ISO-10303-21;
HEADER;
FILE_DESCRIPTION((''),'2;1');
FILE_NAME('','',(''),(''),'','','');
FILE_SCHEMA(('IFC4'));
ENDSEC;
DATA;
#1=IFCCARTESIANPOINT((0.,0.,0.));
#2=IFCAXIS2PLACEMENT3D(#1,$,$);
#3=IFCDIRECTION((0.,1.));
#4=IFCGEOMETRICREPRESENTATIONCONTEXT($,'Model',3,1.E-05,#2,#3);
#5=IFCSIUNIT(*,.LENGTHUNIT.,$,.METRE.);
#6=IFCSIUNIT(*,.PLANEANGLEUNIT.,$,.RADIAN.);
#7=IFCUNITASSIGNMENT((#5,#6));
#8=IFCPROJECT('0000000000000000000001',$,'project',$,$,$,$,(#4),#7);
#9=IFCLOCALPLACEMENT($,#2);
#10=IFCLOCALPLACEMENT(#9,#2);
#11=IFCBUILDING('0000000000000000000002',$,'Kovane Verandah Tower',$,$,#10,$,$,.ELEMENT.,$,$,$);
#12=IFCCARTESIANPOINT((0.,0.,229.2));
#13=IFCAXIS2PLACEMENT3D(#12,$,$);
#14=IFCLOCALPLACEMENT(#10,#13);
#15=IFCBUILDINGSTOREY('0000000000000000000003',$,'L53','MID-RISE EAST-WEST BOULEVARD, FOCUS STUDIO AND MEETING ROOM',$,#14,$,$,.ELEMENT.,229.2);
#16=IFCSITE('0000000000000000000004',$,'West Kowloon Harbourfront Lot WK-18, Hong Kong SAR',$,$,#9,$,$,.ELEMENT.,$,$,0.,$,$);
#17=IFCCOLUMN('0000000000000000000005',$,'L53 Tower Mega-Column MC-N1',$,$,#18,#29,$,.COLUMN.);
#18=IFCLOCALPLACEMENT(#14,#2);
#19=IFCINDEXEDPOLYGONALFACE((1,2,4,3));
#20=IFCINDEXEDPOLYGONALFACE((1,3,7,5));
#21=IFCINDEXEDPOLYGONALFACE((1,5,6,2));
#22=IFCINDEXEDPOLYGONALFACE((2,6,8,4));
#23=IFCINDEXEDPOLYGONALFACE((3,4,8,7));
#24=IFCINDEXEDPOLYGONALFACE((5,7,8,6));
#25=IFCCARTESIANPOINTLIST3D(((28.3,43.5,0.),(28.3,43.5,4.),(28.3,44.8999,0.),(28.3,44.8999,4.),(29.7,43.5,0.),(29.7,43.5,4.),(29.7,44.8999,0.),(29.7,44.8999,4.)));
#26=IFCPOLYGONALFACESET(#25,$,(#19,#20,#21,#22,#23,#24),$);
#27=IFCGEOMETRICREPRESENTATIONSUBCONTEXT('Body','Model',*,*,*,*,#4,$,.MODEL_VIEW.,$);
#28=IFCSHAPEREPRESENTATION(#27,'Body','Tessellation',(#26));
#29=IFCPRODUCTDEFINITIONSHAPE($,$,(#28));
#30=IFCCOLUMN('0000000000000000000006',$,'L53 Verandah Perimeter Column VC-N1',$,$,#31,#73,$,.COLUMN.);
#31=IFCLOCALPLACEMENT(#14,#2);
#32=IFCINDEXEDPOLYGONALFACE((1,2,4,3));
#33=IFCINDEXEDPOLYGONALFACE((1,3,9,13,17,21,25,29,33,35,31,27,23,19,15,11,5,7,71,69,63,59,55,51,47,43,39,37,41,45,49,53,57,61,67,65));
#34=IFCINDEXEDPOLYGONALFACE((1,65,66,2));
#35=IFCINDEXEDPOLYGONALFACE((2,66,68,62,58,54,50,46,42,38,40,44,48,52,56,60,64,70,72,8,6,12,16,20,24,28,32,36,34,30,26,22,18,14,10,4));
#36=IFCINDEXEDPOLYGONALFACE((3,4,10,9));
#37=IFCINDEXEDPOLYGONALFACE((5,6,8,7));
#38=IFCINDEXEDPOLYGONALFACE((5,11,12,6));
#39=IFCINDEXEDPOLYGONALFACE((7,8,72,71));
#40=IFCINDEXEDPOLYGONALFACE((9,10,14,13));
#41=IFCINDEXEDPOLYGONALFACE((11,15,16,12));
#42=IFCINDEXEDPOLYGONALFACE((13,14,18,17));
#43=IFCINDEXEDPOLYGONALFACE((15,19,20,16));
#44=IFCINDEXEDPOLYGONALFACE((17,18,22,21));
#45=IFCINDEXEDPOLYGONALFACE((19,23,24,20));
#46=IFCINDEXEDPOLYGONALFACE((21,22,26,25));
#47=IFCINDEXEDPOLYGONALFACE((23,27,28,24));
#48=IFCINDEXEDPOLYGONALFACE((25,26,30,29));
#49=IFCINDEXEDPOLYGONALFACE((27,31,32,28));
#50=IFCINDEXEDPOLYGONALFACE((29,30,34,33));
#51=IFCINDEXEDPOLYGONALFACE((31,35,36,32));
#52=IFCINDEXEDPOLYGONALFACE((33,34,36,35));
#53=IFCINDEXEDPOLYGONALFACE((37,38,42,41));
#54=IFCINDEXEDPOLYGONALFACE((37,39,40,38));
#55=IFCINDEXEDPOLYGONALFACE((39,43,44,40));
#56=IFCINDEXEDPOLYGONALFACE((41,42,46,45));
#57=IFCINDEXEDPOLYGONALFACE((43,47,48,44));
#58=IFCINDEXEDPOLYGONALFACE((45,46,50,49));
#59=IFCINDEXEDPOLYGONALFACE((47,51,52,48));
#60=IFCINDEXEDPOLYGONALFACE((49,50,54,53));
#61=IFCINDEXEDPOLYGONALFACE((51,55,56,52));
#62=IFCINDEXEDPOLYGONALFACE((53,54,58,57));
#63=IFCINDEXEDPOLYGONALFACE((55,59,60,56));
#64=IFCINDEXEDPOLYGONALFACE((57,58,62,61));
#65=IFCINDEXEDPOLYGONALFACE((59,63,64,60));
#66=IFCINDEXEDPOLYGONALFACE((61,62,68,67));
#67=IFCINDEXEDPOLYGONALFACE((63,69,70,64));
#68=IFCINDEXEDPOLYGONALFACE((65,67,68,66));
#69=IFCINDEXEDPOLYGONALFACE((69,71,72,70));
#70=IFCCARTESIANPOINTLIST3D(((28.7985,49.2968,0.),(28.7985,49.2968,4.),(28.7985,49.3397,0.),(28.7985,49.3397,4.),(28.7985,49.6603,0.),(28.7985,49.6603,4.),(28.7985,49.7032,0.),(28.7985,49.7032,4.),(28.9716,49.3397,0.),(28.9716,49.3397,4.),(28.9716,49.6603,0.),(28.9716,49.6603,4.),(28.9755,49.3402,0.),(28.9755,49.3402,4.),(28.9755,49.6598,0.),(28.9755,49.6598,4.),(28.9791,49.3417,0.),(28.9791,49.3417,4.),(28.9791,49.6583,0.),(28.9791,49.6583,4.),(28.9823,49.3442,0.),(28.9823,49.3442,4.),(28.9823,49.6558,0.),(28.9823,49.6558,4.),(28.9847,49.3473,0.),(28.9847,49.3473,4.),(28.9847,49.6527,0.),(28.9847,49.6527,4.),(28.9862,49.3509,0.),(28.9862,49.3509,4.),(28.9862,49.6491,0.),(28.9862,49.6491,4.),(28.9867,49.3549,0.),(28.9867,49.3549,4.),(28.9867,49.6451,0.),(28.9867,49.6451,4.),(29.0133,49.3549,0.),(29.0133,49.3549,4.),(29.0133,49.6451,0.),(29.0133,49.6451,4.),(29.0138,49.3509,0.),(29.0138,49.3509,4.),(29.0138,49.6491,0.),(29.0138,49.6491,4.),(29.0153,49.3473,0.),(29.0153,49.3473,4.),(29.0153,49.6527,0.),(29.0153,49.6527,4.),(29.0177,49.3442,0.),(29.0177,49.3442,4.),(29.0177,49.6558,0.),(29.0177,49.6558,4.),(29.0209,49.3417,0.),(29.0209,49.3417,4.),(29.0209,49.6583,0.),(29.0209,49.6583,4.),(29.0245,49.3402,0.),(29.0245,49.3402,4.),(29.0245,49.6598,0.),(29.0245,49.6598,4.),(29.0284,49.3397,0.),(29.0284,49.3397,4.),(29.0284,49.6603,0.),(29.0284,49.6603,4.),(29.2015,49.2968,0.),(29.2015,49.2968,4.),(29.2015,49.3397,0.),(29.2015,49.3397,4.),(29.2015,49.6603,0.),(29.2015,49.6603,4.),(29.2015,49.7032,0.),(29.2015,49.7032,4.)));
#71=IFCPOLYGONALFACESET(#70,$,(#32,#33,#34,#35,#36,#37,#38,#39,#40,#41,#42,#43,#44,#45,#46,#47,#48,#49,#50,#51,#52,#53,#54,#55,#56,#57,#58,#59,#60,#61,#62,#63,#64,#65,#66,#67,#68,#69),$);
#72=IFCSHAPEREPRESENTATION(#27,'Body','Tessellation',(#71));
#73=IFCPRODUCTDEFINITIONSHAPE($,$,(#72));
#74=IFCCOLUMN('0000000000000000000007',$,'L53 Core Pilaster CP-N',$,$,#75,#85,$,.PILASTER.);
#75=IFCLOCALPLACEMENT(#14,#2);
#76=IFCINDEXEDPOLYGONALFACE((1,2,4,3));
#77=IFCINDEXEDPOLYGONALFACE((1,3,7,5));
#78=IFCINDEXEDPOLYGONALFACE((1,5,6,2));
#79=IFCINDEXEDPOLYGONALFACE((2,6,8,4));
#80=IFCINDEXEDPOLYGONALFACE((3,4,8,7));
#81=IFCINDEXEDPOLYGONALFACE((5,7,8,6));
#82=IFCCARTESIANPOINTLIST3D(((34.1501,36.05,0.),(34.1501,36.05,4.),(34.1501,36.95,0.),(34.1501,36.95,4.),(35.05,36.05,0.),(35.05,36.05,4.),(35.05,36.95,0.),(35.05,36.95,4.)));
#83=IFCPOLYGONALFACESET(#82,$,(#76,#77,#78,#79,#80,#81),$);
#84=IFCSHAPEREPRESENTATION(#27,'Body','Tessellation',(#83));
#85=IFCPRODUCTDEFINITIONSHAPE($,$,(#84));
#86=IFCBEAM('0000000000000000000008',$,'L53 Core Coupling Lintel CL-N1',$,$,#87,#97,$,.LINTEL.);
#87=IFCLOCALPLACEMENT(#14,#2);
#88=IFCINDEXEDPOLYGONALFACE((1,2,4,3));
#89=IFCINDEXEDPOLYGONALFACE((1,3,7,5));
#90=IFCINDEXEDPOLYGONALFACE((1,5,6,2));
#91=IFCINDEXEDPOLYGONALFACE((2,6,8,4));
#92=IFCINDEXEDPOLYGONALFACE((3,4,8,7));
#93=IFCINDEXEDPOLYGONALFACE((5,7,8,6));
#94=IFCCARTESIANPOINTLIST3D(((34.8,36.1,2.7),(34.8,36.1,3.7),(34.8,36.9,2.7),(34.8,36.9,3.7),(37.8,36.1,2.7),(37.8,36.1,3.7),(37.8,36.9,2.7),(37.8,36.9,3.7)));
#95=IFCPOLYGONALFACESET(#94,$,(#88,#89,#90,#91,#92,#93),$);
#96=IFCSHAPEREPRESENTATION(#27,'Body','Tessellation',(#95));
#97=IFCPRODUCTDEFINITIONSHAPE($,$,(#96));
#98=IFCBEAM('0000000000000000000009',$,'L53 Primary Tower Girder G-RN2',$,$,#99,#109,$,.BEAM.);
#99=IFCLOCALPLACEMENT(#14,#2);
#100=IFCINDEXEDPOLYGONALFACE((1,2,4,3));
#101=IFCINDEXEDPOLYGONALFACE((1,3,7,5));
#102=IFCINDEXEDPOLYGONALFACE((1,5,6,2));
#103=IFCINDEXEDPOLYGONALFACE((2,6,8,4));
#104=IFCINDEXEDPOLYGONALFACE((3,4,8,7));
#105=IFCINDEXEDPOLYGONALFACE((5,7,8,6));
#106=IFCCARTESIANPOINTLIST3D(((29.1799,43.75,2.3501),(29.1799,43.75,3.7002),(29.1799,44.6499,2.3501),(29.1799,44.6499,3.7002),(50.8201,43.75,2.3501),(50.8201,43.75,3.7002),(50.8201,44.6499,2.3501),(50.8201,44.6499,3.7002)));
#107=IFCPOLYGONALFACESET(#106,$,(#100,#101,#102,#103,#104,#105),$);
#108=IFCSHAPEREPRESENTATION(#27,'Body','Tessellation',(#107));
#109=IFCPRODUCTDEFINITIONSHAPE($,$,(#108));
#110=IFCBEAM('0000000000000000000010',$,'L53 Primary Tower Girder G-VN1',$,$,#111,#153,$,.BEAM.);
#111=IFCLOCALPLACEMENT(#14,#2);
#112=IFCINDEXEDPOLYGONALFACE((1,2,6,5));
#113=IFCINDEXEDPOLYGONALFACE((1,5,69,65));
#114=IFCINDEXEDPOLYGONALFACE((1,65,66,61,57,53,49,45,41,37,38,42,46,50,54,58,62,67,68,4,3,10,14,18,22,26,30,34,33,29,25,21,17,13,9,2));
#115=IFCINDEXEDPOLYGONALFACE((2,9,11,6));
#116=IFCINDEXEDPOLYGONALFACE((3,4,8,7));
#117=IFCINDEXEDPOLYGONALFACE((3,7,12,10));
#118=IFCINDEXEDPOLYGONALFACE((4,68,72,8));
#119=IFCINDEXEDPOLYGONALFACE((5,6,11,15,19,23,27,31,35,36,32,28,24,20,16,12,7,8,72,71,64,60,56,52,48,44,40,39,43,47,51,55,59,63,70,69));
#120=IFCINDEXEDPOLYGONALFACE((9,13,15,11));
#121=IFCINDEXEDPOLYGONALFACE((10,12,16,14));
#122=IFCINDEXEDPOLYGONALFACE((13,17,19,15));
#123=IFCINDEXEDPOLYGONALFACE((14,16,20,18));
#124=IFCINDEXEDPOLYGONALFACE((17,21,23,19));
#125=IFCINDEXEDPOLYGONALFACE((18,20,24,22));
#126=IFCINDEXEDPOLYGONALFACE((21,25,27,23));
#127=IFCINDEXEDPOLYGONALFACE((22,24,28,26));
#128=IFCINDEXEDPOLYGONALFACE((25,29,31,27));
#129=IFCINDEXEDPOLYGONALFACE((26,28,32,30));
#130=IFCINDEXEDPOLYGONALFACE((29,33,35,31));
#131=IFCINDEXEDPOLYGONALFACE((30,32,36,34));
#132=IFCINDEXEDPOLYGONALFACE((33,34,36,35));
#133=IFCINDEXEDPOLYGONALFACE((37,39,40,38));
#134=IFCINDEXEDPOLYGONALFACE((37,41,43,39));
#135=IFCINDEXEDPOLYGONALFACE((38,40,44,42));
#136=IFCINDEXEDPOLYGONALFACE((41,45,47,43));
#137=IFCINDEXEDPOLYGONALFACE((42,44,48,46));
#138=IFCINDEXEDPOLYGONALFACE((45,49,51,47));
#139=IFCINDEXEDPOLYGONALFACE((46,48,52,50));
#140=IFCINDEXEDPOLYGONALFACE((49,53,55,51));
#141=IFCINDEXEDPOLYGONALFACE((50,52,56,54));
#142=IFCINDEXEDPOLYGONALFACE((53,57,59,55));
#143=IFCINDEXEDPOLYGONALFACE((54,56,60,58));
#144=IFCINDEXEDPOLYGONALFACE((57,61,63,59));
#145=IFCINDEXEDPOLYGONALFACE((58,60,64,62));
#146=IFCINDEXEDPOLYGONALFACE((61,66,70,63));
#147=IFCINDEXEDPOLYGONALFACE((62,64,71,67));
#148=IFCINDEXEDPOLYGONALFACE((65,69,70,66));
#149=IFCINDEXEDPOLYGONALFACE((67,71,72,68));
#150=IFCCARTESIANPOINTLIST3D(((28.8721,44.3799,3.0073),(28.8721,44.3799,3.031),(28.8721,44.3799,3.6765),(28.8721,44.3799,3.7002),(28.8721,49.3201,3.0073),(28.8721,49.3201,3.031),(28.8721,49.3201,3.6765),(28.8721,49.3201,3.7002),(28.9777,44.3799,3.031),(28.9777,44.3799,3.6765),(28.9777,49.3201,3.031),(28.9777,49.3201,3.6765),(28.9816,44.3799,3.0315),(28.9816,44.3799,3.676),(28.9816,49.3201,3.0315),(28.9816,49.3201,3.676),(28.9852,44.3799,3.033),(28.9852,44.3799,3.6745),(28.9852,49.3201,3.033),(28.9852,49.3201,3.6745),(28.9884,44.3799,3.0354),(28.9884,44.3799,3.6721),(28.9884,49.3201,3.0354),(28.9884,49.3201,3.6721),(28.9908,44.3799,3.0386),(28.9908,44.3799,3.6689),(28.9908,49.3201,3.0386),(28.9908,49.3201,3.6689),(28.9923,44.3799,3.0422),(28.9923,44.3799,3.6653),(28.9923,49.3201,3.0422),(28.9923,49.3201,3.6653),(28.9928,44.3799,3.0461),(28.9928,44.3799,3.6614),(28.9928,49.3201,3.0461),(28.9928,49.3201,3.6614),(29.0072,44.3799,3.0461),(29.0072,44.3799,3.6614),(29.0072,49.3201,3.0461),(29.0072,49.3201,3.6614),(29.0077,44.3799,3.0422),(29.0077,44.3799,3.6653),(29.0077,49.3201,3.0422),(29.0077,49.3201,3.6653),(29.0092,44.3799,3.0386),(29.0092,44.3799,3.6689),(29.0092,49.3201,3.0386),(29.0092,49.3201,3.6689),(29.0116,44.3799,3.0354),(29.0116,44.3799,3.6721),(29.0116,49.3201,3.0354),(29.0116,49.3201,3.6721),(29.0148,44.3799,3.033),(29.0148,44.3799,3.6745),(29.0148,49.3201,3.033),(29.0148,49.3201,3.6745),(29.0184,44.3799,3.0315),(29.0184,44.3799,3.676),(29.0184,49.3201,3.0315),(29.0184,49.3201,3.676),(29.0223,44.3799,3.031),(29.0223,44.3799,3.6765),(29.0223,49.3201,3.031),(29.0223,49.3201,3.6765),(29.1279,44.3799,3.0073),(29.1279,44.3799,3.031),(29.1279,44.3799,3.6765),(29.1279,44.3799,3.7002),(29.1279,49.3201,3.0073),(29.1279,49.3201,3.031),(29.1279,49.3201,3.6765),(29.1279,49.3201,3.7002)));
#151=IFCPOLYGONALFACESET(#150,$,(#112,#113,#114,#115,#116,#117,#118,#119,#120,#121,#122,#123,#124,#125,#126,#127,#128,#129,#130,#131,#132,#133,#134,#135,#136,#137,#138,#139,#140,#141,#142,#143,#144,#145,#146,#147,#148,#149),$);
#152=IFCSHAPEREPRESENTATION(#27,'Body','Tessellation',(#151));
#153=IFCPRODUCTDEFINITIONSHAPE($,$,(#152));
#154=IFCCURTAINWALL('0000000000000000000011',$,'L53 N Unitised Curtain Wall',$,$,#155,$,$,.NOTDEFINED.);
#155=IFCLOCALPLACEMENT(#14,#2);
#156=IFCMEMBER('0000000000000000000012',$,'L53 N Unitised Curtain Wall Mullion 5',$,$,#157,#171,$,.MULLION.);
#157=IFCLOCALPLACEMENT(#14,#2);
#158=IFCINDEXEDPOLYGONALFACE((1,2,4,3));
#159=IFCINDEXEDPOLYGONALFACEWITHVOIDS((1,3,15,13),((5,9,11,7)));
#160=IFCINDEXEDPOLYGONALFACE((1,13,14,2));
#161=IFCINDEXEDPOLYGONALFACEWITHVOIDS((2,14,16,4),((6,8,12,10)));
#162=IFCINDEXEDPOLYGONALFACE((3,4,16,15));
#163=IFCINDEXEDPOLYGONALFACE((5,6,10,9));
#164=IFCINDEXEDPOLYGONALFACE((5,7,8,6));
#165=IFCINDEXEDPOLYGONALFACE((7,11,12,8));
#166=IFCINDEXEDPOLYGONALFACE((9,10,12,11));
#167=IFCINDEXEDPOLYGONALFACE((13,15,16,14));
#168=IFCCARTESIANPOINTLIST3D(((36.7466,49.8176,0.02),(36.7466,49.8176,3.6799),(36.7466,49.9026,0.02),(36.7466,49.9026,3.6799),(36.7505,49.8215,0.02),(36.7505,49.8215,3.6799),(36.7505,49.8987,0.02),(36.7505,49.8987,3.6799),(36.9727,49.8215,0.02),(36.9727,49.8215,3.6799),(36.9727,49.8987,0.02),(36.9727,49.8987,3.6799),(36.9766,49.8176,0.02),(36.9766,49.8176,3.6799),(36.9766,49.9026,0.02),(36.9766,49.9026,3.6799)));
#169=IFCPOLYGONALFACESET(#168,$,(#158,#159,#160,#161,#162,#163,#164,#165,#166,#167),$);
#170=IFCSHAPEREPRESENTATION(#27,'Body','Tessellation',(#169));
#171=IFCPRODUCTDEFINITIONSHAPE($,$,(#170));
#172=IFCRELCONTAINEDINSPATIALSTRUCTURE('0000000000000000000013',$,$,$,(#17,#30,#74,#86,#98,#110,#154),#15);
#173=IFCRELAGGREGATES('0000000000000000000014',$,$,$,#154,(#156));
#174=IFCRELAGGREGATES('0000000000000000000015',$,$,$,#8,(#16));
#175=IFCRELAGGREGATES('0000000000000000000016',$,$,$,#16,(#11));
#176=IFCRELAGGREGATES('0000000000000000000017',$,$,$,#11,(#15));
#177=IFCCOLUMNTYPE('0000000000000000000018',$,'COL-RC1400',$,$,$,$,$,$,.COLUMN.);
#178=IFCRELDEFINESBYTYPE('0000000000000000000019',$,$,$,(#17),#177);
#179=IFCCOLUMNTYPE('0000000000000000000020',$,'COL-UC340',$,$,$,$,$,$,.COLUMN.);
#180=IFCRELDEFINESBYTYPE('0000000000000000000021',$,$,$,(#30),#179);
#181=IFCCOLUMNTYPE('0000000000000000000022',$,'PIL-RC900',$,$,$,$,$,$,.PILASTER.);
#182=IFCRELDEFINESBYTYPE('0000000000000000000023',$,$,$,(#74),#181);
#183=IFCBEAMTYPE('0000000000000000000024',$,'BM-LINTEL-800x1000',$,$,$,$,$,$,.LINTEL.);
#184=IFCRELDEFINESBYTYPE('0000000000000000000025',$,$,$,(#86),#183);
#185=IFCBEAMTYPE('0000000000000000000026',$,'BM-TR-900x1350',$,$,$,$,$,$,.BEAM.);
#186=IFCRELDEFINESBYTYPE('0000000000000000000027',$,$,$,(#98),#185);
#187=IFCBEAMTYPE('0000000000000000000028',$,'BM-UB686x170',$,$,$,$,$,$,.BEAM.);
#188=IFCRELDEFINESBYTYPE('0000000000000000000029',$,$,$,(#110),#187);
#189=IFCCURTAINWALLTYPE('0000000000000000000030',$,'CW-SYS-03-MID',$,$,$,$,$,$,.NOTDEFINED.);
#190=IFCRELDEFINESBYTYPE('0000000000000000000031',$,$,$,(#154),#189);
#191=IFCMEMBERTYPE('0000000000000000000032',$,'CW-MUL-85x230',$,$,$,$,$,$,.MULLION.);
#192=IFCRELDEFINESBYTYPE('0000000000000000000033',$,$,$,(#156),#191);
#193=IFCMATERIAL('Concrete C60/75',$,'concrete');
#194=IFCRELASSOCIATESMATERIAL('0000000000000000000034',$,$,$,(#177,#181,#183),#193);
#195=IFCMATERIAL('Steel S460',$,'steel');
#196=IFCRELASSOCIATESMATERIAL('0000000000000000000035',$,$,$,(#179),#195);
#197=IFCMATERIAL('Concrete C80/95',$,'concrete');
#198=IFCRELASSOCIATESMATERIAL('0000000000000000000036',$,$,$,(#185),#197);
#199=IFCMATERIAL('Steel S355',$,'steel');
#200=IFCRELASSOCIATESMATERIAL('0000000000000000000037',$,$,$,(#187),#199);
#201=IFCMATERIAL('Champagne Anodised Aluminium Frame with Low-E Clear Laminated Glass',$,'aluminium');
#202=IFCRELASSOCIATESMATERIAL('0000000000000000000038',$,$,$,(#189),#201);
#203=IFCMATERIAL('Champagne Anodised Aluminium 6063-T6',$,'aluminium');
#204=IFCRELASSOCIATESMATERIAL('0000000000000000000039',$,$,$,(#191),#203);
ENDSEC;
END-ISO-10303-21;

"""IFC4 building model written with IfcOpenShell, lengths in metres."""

from ifc_helpers import new_model, si_unit, direction, frame, origin, origin_2d, place, context, subcontext, project, spatial, rectangle, hollow_rectangle, i_section, extrude, material, material_profile, profile_set, type_object, element, aggregate, save


model = new_model("IFC4")

# Units and contexts
model_context = context("Model", 3, precision=1e-05, world=origin(), true_north=direction((0.0, 1.0)))
body_context = subcontext(model_context, "Body", "Model", "MODEL_VIEW")
ifc_project = project(units=[si_unit("LENGTHUNIT", "METRE"), si_unit("PLANEANGLEUNIT", "RADIAN")], contexts=[model_context])

# Site, building, storey
site_placement = place(None, origin())
site = spatial("IfcSite", under=ifc_project, at=site_placement, Name="West Kowloon Harbourfront Lot WK-18, Hong Kong SAR", CompositionType="ELEMENT", RefElevation=0.0)
building_placement = place(site_placement, origin())
building = spatial("IfcBuilding", under=site, at=building_placement, Name="Kovane Verandah Tower", CompositionType="ELEMENT")
storey_placement = place(building_placement, frame((0.0, 0.0, 229.2)))
storey = spatial("IfcBuildingStorey", under=building, at=storey_placement, Name="L53", Description="MID-RISE EAST-WEST BOULEVARD, FOCUS STUDIO AND MEETING ROOM", CompositionType="ELEMENT", Elevation=229.2)

# Columns
ifc_material_1 = material(Name="Concrete C60/75", Category="concrete")
ifc_material_profile_1 = material_profile(ifc_material_1, rectangle(XDim=1.3999, YDim=1.3999, at=origin_2d()), Name="RC1400x1400")
ifc_profile_set_1 = profile_set([ifc_material_profile_1], Name="Concrete C60/75")
column_type_1 = type_object("IfcColumnType", Name="COL-RC1400", PredefinedType="COLUMN", material=ifc_profile_set_1)
column_1_placement = place(storey_placement, frame((29.0, 44.2, 0.0), z_axis=(0.0, 0.0, 1.0), x_axis=(1.0, 0.0, 0.0)))
element("IfcColumn", 1, at=column_1_placement, inside=storey, type_object=column_type_1, Name="L53 Tower Mega-Column MC-N1", PredefinedType="COLUMN", context=body_context, shape_type="SweptSolid", body=[
    extrude(rectangle(XDim=1.3999, YDim=1.3999, at=origin_2d()), origin(), (0.0, 0.0, 1.0), 4.0),
])
ifc_material_2 = material(Name="Steel S460", Category="steel")
ifc_material_profile_2 = material_profile(ifc_material_2, i_section(OverallWidth=0.4031, OverallDepth=0.4065, WebThickness=0.0266, FlangeThickness=0.043, FilletRadius=0.0151, at=origin_2d()), Name="UC356x406x340")
ifc_profile_set_2 = profile_set([ifc_material_profile_2], Name="Steel S460")
column_type_2 = type_object("IfcColumnType", Name="COL-UC340", PredefinedType="COLUMN", material=ifc_profile_set_2)
column_2_placement = place(storey_placement, frame((29.0, 49.5, 0.0), z_axis=(0.0, 0.0, 1.0), x_axis=(1.0, 0.0, 0.0)))
element("IfcColumn", 2, at=column_2_placement, inside=storey, type_object=column_type_2, Name="L53 Verandah Perimeter Column VC-N1", PredefinedType="COLUMN", context=body_context, shape_type="SweptSolid", body=[
    extrude(i_section(OverallWidth=0.4031, OverallDepth=0.4065, WebThickness=0.0266, FlangeThickness=0.043, FilletRadius=0.0151, at=origin_2d()), origin(), (0.0, 0.0, 1.0), 4.0),
])
ifc_material_profile_3 = material_profile(ifc_material_1, rectangle(XDim=0.8999, YDim=0.8999, at=origin_2d()), Name="RC900x900")
ifc_profile_set_3 = profile_set([ifc_material_profile_3], Name="Concrete C60/75")
column_type_3 = type_object("IfcColumnType", Name="PIL-RC900", PredefinedType="PILASTER", material=ifc_profile_set_3)
column_3_placement = place(storey_placement, frame((34.6001, 36.5, 0.0), z_axis=(0.0, 0.0, 1.0), x_axis=(1.0, 0.0, 0.0)))
element("IfcColumn", 3, at=column_3_placement, inside=storey, type_object=column_type_3, Name="L53 Core Pilaster CP-N", PredefinedType="PILASTER", context=body_context, shape_type="SweptSolid", body=[
    extrude(rectangle(XDim=0.8999, YDim=0.8999, at=origin_2d()), origin(), (0.0, 0.0, 1.0), 4.0),
])

# Beams
ifc_material_profile_4 = material_profile(ifc_material_1, rectangle(XDim=0.8, YDim=1.0, at=origin_2d()), Name="RCB800x1000")
ifc_profile_set_4 = profile_set([ifc_material_profile_4], Name="Concrete C60/75")
beam_type_1 = type_object("IfcBeamType", Name="BM-LINTEL-800x1000", PredefinedType="LINTEL", material=ifc_profile_set_4)
beam_1_placement = place(storey_placement, frame((34.8, 36.5, 3.2), z_axis=(1.0, 0.0, 0.0), x_axis=(0.0, 1.0, 0.0)))
element("IfcBeam", 4, at=beam_1_placement, inside=storey, type_object=beam_type_1, Name="L53 Core Coupling Lintel CL-N1", PredefinedType="LINTEL", context=body_context, shape_type="SweptSolid", body=[
    extrude(rectangle(XDim=0.8, YDim=1.0, at=origin_2d()), origin(), (0.0, 0.0, 1.0), 3.0),
])
ifc_material_3 = material(Name="Concrete C80/95", Category="concrete")
ifc_material_profile_5 = material_profile(ifc_material_3, rectangle(XDim=0.8999, YDim=1.3501, at=origin_2d()), Name="RCB900x1350")
ifc_profile_set_5 = profile_set([ifc_material_profile_5], Name="Concrete C80/95")
beam_type_2 = type_object("IfcBeamType", Name="BM-TR-900x1350", PredefinedType="BEAM", material=ifc_profile_set_5)
beam_2_placement = place(storey_placement, frame((29.1799, 44.2, 3.0251), z_axis=(1.0, 0.0, 0.0), x_axis=(0.0, 1.0, 0.0)))
element("IfcBeam", 5, at=beam_2_placement, inside=storey, type_object=beam_type_2, Name="L53 Primary Tower Girder G-RN2", PredefinedType="BEAM", context=body_context, shape_type="SweptSolid", body=[
    extrude(rectangle(XDim=0.8999, YDim=1.3501, at=origin_2d()), origin(), (0.0, 0.0, 1.0), 21.6401),
])
ifc_material_4 = material(Name="Steel S355", Category="steel")
ifc_material_profile_6 = material_profile(ifc_material_4, i_section(OverallWidth=0.2559, OverallDepth=0.6929, WebThickness=0.0144, FlangeThickness=0.0237, FilletRadius=0.0151, at=origin_2d()), Name="UB686x254x170")
ifc_profile_set_6 = profile_set([ifc_material_profile_6], Name="Steel S355")
beam_type_3 = type_object("IfcBeamType", Name="BM-UB686x170", PredefinedType="BEAM", material=ifc_profile_set_6)
beam_3_placement = place(storey_placement, frame((29.0, 44.3799, 3.3538), z_axis=(0.0, 1.0, 0.0), x_axis=(-1.0, 0.0, 0.0)))
element("IfcBeam", 6, at=beam_3_placement, inside=storey, type_object=beam_type_3, Name="L53 Primary Tower Girder G-VN1", PredefinedType="BEAM", context=body_context, shape_type="SweptSolid", body=[
    extrude(i_section(OverallWidth=0.2559, OverallDepth=0.6929, WebThickness=0.0144, FlangeThickness=0.0237, FilletRadius=0.0151, at=origin_2d()), origin(), (0.0, 0.0, 1.0), 4.9402),
])

# Curtain wall, member
ifc_material_5 = material(Name="Champagne Anodised Aluminium Frame with Low-E Clear Laminated Glass", Category="aluminium")
curtain_wall_type = type_object("IfcCurtainWallType", Name="CW-SYS-03-MID", PredefinedType="NOTDEFINED", material=ifc_material_5)
curtain_wall_placement = place(storey_placement, origin())
curtain_wall = element("IfcCurtainWall", 7, at=curtain_wall_placement, inside=storey, type_object=curtain_wall_type, Name="L53 N Unitised Curtain Wall", PredefinedType="NOTDEFINED")
ifc_material_6 = material(Name="Champagne Anodised Aluminium 6063-T6", Category="aluminium")
ifc_material_profile_7 = material_profile(ifc_material_6, hollow_rectangle(XDim=0.085, YDim=0.23, WallThickness=0.0039, at=origin_2d()), Name="AL85x230x4")
ifc_profile_set_7 = profile_set([ifc_material_profile_7], Name="Champagne Anodised Aluminium 6063-T6")
member_type_1 = type_object("IfcMemberType", Name="CW-MUL-85x230", PredefinedType="MULLION", material=ifc_profile_set_7)
member_1_placement = place(storey_placement, frame((36.8616, 49.8601, 0.02), z_axis=(0.0, 0.0, 1.0), x_axis=(0.0, 1.0, 0.0)))
member_1 = element("IfcMember", 8, at=member_1_placement, type_object=member_type_1, Name="L53 N Unitised Curtain Wall Mullion 5", PredefinedType="MULLION", context=body_context, shape_type="SweptSolid", body=[
    extrude(hollow_rectangle(XDim=0.085, YDim=0.23, WallThickness=0.0039, at=origin_2d()), origin(), (0.0, 0.0, 1.0), 3.6599),
])

aggregate(curtain_wall, [member_1])

save(model, "model.ifc")
